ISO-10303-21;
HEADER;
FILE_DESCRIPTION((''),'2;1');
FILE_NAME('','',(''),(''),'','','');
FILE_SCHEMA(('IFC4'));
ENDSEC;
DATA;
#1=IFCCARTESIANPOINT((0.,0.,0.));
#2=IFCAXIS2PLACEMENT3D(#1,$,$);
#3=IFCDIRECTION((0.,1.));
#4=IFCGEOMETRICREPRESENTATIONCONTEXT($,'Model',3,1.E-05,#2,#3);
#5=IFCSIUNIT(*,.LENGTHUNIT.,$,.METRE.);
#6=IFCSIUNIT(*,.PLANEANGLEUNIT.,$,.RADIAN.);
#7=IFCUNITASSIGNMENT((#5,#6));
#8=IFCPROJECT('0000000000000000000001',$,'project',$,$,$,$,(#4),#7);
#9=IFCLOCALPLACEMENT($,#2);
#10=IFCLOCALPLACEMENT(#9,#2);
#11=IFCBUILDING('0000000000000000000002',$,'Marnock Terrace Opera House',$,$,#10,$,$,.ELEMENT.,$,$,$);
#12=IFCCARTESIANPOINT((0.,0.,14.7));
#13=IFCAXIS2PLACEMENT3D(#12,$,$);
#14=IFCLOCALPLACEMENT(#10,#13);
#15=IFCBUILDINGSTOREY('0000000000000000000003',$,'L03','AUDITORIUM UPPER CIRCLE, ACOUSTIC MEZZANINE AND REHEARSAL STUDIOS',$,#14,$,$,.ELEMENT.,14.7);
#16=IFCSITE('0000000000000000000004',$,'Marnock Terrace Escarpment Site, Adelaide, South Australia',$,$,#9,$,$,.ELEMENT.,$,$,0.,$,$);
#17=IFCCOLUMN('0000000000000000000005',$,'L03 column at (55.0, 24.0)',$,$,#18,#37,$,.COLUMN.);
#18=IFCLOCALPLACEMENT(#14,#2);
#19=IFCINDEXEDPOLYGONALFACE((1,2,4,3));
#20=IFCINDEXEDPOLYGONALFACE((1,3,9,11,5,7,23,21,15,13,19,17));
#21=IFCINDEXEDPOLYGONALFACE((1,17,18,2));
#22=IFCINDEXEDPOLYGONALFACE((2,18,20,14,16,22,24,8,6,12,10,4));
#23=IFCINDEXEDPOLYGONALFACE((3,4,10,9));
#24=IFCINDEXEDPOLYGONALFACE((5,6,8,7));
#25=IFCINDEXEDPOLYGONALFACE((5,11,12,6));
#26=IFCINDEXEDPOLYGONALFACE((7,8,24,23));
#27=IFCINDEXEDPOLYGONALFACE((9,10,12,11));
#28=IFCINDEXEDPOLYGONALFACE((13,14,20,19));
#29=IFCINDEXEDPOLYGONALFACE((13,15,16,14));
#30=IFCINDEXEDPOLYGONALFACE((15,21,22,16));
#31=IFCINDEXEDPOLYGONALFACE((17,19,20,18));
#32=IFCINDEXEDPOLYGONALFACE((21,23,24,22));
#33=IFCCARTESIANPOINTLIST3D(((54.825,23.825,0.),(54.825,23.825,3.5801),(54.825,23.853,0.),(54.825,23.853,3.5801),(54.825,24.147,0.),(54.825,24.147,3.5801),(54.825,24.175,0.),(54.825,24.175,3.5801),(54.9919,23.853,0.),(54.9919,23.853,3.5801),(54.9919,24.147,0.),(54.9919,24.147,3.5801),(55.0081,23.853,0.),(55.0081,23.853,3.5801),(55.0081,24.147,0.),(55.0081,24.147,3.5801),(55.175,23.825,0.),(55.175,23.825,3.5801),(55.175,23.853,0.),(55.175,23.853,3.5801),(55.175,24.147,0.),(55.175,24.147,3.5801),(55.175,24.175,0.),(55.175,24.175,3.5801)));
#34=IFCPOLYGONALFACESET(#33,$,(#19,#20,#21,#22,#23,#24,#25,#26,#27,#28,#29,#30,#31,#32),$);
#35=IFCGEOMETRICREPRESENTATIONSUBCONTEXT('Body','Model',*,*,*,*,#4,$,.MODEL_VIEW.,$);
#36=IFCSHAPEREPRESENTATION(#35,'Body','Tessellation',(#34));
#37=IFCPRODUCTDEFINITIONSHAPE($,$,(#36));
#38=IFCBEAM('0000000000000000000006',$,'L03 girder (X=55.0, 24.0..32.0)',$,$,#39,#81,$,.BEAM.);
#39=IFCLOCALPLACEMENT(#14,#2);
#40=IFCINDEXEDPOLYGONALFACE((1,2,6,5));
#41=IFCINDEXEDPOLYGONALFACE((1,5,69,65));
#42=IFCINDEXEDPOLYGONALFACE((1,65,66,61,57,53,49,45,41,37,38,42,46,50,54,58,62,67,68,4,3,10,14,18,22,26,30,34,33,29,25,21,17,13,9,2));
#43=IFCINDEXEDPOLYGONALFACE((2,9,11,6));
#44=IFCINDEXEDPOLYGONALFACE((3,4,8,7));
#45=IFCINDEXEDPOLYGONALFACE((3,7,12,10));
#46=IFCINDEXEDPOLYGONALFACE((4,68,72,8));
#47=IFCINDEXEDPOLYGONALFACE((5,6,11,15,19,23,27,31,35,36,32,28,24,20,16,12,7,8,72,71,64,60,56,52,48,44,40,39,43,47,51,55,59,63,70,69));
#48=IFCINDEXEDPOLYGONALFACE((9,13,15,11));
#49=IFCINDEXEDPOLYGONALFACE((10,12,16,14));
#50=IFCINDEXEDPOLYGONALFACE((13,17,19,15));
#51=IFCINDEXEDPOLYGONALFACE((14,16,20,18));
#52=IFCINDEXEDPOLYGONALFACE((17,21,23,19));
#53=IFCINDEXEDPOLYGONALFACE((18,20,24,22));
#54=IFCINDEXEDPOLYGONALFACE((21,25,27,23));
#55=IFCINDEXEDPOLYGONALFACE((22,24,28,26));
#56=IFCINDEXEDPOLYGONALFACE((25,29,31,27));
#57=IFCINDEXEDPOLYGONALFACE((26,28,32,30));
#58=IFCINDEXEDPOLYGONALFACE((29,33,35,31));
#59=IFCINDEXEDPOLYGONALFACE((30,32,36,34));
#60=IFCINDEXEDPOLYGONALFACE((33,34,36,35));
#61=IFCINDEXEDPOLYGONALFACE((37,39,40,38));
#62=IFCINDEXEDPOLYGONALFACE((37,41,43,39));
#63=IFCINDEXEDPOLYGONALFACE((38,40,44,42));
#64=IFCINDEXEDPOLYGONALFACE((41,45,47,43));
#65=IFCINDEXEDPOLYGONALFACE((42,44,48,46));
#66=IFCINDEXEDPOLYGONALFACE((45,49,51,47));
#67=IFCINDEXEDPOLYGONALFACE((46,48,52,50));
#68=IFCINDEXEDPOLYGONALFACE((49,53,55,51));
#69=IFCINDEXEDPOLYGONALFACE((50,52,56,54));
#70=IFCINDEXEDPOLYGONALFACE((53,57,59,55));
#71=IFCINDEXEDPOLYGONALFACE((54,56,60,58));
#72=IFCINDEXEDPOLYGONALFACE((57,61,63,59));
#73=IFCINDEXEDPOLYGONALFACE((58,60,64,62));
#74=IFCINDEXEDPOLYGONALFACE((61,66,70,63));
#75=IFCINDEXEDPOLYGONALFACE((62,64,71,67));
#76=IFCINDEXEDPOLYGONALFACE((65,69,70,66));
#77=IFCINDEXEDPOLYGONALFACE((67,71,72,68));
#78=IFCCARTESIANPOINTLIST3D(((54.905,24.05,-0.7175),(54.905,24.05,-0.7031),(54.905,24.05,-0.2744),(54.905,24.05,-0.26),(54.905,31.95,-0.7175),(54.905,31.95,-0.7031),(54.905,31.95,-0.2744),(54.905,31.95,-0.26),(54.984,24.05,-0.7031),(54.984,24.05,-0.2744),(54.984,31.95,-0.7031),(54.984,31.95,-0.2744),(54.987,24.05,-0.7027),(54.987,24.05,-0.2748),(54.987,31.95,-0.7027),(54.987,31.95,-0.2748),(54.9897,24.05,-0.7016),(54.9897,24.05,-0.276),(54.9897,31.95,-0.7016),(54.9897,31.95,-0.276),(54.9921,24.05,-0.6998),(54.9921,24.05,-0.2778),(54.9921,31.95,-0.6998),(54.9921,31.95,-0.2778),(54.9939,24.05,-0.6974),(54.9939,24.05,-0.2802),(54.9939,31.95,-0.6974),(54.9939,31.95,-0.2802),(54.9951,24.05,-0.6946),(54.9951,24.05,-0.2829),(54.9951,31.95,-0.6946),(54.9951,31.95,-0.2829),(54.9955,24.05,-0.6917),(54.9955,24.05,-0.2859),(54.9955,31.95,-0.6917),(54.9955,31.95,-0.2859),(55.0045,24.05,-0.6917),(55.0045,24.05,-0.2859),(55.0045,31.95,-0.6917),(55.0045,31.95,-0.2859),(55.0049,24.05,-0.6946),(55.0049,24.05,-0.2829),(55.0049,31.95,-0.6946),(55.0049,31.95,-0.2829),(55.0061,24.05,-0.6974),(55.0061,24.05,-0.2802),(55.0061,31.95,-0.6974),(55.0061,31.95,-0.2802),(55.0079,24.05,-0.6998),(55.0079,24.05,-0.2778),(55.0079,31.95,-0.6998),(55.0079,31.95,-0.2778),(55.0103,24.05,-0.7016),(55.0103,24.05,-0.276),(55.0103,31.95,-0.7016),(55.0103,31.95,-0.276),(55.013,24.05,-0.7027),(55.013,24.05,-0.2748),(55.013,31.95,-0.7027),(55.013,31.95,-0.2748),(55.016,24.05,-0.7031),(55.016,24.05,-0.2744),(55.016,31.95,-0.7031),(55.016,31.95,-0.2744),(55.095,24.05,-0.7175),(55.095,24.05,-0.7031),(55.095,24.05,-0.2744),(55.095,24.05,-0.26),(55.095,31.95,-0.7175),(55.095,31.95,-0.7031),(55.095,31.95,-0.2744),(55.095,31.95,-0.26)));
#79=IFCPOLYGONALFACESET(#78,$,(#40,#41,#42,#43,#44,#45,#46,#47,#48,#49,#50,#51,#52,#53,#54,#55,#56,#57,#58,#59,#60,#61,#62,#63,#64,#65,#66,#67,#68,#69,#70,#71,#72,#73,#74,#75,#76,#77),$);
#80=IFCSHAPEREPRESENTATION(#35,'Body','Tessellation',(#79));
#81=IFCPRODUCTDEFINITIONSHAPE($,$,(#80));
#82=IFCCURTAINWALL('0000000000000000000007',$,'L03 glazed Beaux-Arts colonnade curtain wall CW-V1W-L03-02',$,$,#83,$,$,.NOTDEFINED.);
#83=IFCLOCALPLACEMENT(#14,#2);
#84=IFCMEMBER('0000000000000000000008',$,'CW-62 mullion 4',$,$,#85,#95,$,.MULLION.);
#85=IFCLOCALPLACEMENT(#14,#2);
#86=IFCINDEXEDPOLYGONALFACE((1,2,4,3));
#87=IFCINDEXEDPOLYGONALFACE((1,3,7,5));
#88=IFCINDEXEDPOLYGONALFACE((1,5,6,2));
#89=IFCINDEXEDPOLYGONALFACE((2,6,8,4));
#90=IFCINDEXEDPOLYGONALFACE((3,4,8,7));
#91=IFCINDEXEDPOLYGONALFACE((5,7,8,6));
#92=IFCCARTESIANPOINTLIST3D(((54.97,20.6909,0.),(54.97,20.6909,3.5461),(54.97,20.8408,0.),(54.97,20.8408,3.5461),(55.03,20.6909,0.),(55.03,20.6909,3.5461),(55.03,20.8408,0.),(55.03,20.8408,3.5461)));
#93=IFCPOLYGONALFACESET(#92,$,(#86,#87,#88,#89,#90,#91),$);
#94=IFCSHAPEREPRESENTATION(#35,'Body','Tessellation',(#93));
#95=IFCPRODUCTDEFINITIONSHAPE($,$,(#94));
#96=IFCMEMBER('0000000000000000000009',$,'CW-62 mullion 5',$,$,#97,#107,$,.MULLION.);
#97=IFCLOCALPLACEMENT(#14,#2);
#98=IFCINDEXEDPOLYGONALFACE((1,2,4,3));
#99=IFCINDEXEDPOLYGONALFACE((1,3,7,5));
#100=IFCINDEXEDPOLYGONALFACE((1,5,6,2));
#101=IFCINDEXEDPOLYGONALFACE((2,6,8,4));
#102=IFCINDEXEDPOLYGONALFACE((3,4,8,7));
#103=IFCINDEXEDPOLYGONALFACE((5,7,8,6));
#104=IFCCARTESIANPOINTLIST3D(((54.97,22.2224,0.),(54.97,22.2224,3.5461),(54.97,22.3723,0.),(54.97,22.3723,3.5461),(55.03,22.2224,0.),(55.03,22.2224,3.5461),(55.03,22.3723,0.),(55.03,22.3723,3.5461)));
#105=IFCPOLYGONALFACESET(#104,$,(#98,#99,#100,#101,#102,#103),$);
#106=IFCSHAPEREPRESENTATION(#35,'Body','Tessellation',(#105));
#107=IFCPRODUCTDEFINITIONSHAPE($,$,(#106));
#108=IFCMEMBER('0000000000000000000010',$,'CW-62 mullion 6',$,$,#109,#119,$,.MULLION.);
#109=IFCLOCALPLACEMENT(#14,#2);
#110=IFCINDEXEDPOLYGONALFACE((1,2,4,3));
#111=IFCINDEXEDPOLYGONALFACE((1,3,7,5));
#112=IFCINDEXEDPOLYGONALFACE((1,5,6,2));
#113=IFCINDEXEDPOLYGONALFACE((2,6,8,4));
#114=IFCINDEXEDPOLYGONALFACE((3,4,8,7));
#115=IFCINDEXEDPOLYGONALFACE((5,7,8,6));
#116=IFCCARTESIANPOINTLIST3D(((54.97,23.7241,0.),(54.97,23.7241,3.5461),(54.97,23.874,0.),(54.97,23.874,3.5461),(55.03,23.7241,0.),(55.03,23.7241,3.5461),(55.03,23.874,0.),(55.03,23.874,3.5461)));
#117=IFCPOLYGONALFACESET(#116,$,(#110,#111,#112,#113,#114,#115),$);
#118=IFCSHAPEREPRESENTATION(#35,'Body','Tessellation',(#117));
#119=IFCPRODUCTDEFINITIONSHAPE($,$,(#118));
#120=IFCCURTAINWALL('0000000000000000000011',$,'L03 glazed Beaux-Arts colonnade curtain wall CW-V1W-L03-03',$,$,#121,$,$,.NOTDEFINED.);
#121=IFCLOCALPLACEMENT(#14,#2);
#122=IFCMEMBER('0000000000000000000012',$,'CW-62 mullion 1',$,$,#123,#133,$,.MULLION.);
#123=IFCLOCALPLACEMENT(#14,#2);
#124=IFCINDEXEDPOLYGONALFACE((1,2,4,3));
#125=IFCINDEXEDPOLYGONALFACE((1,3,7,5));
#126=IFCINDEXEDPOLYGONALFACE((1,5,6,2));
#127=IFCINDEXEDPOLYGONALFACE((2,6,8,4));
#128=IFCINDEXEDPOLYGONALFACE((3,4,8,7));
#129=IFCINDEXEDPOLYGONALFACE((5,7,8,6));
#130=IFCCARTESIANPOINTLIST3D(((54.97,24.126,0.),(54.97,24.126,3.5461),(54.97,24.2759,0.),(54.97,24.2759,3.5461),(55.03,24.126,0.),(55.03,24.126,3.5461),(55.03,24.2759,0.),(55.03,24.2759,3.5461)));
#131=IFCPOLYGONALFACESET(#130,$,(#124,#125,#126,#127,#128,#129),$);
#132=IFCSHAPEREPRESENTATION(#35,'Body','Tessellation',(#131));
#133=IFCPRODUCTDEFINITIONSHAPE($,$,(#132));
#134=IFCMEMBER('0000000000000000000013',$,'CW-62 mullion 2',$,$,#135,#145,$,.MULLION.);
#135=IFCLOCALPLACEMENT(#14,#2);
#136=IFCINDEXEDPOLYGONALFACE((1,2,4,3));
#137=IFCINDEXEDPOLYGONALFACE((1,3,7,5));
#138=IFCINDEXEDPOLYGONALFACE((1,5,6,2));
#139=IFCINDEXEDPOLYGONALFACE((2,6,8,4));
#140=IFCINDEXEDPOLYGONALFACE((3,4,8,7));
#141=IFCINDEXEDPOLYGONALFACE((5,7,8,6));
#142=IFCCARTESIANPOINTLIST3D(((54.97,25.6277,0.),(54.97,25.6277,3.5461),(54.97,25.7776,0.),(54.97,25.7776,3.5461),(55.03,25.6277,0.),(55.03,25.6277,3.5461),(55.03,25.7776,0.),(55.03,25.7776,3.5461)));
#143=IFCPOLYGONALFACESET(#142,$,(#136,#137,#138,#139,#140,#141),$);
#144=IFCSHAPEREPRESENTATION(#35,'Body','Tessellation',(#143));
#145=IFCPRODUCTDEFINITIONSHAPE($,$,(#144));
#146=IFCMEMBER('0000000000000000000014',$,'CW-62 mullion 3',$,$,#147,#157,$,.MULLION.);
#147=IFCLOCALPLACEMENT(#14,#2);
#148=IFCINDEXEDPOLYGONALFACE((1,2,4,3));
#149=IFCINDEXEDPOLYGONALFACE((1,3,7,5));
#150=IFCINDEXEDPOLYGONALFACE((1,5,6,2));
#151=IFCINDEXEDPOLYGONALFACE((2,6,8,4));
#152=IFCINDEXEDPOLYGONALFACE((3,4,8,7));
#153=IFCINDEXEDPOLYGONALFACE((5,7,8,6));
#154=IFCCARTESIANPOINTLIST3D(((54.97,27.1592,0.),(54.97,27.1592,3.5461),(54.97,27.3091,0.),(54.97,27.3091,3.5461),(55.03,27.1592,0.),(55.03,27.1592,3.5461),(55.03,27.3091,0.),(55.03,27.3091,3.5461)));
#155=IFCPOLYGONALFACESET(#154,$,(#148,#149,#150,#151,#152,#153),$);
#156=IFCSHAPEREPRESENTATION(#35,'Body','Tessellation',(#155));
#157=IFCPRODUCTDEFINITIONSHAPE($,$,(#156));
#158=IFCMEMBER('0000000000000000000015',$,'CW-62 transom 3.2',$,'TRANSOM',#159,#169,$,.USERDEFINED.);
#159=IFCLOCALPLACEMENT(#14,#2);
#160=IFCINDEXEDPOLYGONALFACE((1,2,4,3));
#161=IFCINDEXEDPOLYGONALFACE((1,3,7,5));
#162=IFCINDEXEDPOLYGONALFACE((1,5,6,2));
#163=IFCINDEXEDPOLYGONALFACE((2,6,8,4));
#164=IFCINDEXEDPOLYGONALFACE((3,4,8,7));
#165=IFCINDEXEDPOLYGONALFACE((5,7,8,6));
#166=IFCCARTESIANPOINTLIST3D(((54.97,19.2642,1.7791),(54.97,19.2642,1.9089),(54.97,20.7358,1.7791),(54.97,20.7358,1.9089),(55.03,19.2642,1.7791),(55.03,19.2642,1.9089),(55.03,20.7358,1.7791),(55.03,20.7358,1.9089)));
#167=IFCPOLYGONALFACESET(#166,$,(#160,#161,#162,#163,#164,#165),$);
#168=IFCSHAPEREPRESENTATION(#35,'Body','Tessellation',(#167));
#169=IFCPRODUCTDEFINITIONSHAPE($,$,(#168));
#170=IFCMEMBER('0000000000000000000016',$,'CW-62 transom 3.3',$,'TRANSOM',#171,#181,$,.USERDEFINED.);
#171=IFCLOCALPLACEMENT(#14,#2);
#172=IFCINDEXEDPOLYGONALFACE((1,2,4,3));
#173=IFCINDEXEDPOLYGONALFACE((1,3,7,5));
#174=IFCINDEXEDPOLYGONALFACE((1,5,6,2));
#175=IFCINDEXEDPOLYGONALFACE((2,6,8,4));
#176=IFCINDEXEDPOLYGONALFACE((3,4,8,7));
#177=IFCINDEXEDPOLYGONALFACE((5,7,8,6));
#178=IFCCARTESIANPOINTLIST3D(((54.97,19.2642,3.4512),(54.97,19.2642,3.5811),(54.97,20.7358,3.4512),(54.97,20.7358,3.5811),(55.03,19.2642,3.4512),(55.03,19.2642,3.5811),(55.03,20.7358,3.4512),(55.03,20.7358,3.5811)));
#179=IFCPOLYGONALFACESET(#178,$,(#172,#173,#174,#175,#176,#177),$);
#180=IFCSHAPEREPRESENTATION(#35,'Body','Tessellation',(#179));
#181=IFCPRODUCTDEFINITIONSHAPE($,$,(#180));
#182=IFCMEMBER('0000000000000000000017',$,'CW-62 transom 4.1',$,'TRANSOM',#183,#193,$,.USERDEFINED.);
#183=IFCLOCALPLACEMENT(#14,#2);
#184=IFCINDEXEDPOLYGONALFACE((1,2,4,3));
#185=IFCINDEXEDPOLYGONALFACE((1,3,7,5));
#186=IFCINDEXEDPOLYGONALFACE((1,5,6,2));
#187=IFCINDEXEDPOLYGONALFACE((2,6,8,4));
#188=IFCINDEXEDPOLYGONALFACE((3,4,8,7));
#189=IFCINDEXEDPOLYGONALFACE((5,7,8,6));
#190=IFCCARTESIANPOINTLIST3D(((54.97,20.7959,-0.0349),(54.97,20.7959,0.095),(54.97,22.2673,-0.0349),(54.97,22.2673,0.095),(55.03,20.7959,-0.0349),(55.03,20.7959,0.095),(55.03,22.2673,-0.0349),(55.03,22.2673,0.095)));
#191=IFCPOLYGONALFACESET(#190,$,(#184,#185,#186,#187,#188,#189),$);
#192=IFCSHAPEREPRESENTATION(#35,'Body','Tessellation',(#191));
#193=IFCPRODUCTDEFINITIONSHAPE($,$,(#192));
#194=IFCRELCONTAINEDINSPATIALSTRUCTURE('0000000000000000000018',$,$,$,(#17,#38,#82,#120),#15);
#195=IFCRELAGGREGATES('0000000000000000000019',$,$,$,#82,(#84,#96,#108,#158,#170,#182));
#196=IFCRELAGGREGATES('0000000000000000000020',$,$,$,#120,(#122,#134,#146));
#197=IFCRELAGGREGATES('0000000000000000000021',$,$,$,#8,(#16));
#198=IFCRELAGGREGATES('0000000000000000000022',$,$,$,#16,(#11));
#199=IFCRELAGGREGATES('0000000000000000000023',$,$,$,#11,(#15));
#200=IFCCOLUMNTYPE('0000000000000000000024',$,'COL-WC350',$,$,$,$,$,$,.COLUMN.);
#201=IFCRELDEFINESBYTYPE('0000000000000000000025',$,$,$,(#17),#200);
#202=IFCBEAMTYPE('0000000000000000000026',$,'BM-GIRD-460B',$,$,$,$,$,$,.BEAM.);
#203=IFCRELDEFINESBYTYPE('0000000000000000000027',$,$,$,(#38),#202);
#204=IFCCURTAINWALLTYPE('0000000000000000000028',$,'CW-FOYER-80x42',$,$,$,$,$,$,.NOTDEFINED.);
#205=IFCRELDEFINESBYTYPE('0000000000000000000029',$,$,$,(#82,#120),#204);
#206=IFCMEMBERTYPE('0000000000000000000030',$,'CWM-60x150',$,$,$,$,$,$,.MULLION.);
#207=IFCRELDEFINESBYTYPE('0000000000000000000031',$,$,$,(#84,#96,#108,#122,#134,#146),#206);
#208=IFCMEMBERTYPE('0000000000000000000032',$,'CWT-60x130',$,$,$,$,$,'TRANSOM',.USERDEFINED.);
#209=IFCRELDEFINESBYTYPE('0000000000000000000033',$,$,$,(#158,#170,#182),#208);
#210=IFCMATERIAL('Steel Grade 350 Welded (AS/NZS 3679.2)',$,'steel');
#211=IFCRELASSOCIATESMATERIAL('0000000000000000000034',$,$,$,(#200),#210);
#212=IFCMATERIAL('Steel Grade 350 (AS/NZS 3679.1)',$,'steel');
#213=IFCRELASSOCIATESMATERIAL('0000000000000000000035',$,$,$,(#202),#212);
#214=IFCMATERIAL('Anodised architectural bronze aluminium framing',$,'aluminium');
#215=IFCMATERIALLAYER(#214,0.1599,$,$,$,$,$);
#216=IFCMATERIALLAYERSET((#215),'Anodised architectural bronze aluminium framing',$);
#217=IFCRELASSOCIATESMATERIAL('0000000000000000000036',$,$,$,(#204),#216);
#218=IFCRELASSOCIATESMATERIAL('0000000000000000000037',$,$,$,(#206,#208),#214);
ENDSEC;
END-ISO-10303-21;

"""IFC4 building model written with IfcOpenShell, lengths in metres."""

from ifc_helpers import new_model, si_unit, direction, frame, origin, origin_2d, place, context, subcontext, project, spatial, rectangle, i_section, extrude, material, layer, layer_set, material_profile, profile_set, type_object, element, aggregate, save


model = new_model("IFC4")

# Units and contexts
model_context = context("Model", 3, precision=1e-05, world=origin(), true_north=direction((0.0, 1.0)))
body_context = subcontext(model_context, "Body", "Model", "MODEL_VIEW")
ifc_project = project(units=[si_unit("LENGTHUNIT", "METRE"), si_unit("PLANEANGLEUNIT", "RADIAN")], contexts=[model_context])

# Site, building, storey
site_placement = place(None, origin())
site = spatial("IfcSite", under=ifc_project, at=site_placement, Name="Marnock Terrace Escarpment Site, Adelaide, South Australia", CompositionType="ELEMENT", RefElevation=0.0)
building_placement = place(site_placement, origin())
building = spatial("IfcBuilding", under=site, at=building_placement, Name="Marnock Terrace Opera House", CompositionType="ELEMENT")
storey_placement = place(building_placement, frame((0.0, 0.0, 14.7)))
storey = spatial("IfcBuildingStorey", under=building, at=storey_placement, Name="L03", Description="AUDITORIUM UPPER CIRCLE, ACOUSTIC MEZZANINE AND REHEARSAL STUDIOS", CompositionType="ELEMENT", Elevation=14.7)

# Column
ifc_material_1 = material(Name="Steel Grade 350 Welded (AS/NZS 3679.2)", Category="steel")
ifc_material_profile_1 = material_profile(ifc_material_1, i_section(OverallWidth=0.3501, OverallDepth=0.3501, WebThickness=0.0161, FlangeThickness=0.0281, at=origin_2d()))
ifc_profile_set_1 = profile_set([ifc_material_profile_1], Name="Steel Grade 350 Welded (AS/NZS 3679.2)")
column_type = type_object("IfcColumnType", Name="COL-WC350", PredefinedType="COLUMN", material=ifc_profile_set_1)
column_placement = place(storey_placement, frame((55.0, 24.0, 0.0), z_axis=(0.0, 0.0, 1.0), x_axis=(1.0, 0.0, 0.0)))
element("IfcColumn", 1, at=column_placement, inside=storey, type_object=column_type, Name="L03 column at (55.0, 24.0)", PredefinedType="COLUMN", context=body_context, shape_type="SweptSolid", body=[
    extrude(i_section(OverallWidth=0.3501, OverallDepth=0.3501, WebThickness=0.0161, FlangeThickness=0.0281, at=origin_2d()), origin(), (0.0, 0.0, 1.0), 3.5801),
])

# Beam
ifc_material_2 = material(Name="Steel Grade 350 (AS/NZS 3679.1)", Category="steel")
ifc_material_profile_2 = material_profile(ifc_material_2, i_section(OverallWidth=0.1899, OverallDepth=0.4575, WebThickness=0.009, FlangeThickness=0.0144, FilletRadius=0.0115, at=origin_2d()))
ifc_profile_set_2 = profile_set([ifc_material_profile_2], Name="Steel Grade 350 (AS/NZS 3679.1)")
beam_type = type_object("IfcBeamType", Name="BM-GIRD-460B", PredefinedType="BEAM", material=ifc_profile_set_2)
beam_placement = place(storey_placement, frame((55.0, 24.05, -0.4888), z_axis=(0.0, 1.0, 0.0), x_axis=(-1.0, 0.0, 0.0)))
element("IfcBeam", 2, at=beam_placement, inside=storey, type_object=beam_type, Name="L03 girder (X=55.0, 24.0..32.0)", PredefinedType="BEAM", context=body_context, shape_type="SweptSolid", body=[
    extrude(i_section(OverallWidth=0.1899, OverallDepth=0.4575, WebThickness=0.009, FlangeThickness=0.0144, FilletRadius=0.0115, at=origin_2d()), origin(), (0.0, 0.0, 1.0), 7.8999),
])

# Curtain walls, members
ifc_material_3 = material(Name="Anodised architectural bronze aluminium framing", Category="aluminium")
ifc_layer_1 = layer(ifc_material_3, 0.1599)
ifc_layer_set_1 = layer_set([ifc_layer_1], Name="Anodised architectural bronze aluminium framing")
curtain_wall_type_1 = type_object("IfcCurtainWallType", Name="CW-FOYER-80x42", PredefinedType="NOTDEFINED", material=ifc_layer_set_1)
curtain_wall_1_placement = place(storey_placement, origin())
curtain_wall_1 = element("IfcCurtainWall", 3, at=curtain_wall_1_placement, inside=storey, type_object=curtain_wall_type_1, Name="L03 glazed Beaux-Arts colonnade curtain wall CW-V1W-L03-02", PredefinedType="NOTDEFINED")
ifc_material_profile_3 = material_profile(ifc_material_3, rectangle(XDim=0.0601, YDim=0.1499, at=origin_2d()))
ifc_profile_set_3 = profile_set([ifc_material_profile_3], Name="Anodised architectural bronze aluminium framing")
member_type_1 = type_object("IfcMemberType", Name="CWM-60x150", PredefinedType="MULLION", material=ifc_profile_set_3)
member_1_placement = place(storey_placement, frame((55.0, 20.7659, 0.0), z_axis=(0.0, 0.0, 1.0), x_axis=(-1.0, 0.0, 0.0)))
member_1 = element("IfcMember", 4, at=member_1_placement, type_object=member_type_1, Name="CW-62 mullion 4", PredefinedType="MULLION", context=body_context, shape_type="SweptSolid", body=[
    extrude(rectangle(XDim=0.0601, YDim=0.1499, at=origin_2d()), origin(), (0.0, 0.0, 1.0), 3.5461),
])
member_2_placement = place(storey_placement, frame((55.0, 22.2974, 0.0), z_axis=(0.0, 0.0, 1.0), x_axis=(-1.0, 0.0, 0.0)))
member_2 = element("IfcMember", 5, at=member_2_placement, type_object=member_type_1, Name="CW-62 mullion 5", PredefinedType="MULLION", context=body_context, shape_type="SweptSolid", body=[
    extrude(rectangle(XDim=0.0601, YDim=0.1499, at=origin_2d()), origin(), (0.0, 0.0, 1.0), 3.5461),
])
member_3_placement = place(storey_placement, frame((55.0, 23.7991, 0.0), z_axis=(0.0, 0.0, 1.0), x_axis=(-1.0, 0.0, 0.0)))
member_3 = element("IfcMember", 6, at=member_3_placement, type_object=member_type_1, Name="CW-62 mullion 6", PredefinedType="MULLION", context=body_context, shape_type="SweptSolid", body=[
    extrude(rectangle(XDim=0.0601, YDim=0.1499, at=origin_2d()), origin(), (0.0, 0.0, 1.0), 3.5461),
])
curtain_wall_2_placement = place(storey_placement, origin())
curtain_wall_2 = element("IfcCurtainWall", 7, at=curtain_wall_2_placement, inside=storey, type_object=curtain_wall_type_1, Name="L03 glazed Beaux-Arts colonnade curtain wall CW-V1W-L03-03", PredefinedType="NOTDEFINED")
member_4_placement = place(storey_placement, frame((55.0, 24.2009, 0.0), z_axis=(0.0, 0.0, 1.0), x_axis=(-1.0, 0.0, 0.0)))
member_4 = element("IfcMember", 8, at=member_4_placement, type_object=member_type_1, Name="CW-62 mullion 1", PredefinedType="MULLION", context=body_context, shape_type="SweptSolid", body=[
    extrude(rectangle(XDim=0.0601, YDim=0.1499, at=origin_2d()), origin(), (0.0, 0.0, 1.0), 3.5461),
])
member_5_placement = place(storey_placement, frame((55.0, 25.7026, 0.0), z_axis=(0.0, 0.0, 1.0), x_axis=(-1.0, 0.0, 0.0)))
member_5 = element("IfcMember", 9, at=member_5_placement, type_object=member_type_1, Name="CW-62 mullion 2", PredefinedType="MULLION", context=body_context, shape_type="SweptSolid", body=[
    extrude(rectangle(XDim=0.0601, YDim=0.1499, at=origin_2d()), origin(), (0.0, 0.0, 1.0), 3.5461),
])
member_6_placement = place(storey_placement, frame((55.0, 27.2341, 0.0), z_axis=(0.0, 0.0, 1.0), x_axis=(-1.0, 0.0, 0.0)))
member_6 = element("IfcMember", 10, at=member_6_placement, type_object=member_type_1, Name="CW-62 mullion 3", PredefinedType="MULLION", context=body_context, shape_type="SweptSolid", body=[
    extrude(rectangle(XDim=0.0601, YDim=0.1499, at=origin_2d()), origin(), (0.0, 0.0, 1.0), 3.5461),
])

# Members
ifc_material_profile_4 = material_profile(ifc_material_3, rectangle(XDim=0.0601, YDim=0.1299, at=origin_2d()))
ifc_profile_set_4 = profile_set([ifc_material_profile_4], Name="Anodised architectural bronze aluminium framing")
member_type_2 = type_object("IfcMemberType", Name="CWT-60x130", ElementType="TRANSOM", PredefinedType="USERDEFINED", material=ifc_profile_set_4)
member_7_placement = place(storey_placement, frame((55.0, 19.2642, 1.844), z_axis=(0.0, 1.0, 0.0), x_axis=(-1.0, 0.0, 0.0)))
member_7 = element("IfcMember", 11, at=member_7_placement, type_object=member_type_2, Name="CW-62 transom 3.2", ObjectType="TRANSOM", PredefinedType="USERDEFINED", context=body_context, shape_type="SweptSolid", body=[
    extrude(rectangle(XDim=0.0601, YDim=0.1299, at=origin_2d()), origin(), (0.0, 0.0, 1.0), 1.4717),
])
member_8_placement = place(storey_placement, frame((55.0, 19.2642, 3.5161), z_axis=(0.0, 1.0, 0.0), x_axis=(-1.0, 0.0, 0.0)))
member_8 = element("IfcMember", 12, at=member_8_placement, type_object=member_type_2, Name="CW-62 transom 3.3", ObjectType="TRANSOM", PredefinedType="USERDEFINED", context=body_context, shape_type="SweptSolid", body=[
    extrude(rectangle(XDim=0.0601, YDim=0.1299, at=origin_2d()), origin(), (0.0, 0.0, 1.0), 1.4717),
])
member_9_placement = place(storey_placement, frame((55.0, 20.7959, 0.03), z_axis=(0.0, 1.0, 0.0), x_axis=(-1.0, 0.0, 0.0)))
member_9 = element("IfcMember", 13, at=member_9_placement, type_object=member_type_2, Name="CW-62 transom 4.1", ObjectType="TRANSOM", PredefinedType="USERDEFINED", context=body_context, shape_type="SweptSolid", body=[
    extrude(rectangle(XDim=0.0601, YDim=0.1299, at=origin_2d()), origin(), (0.0, 0.0, 1.0), 1.4714),
])

aggregate(curtain_wall_1, [member_1, member_2, member_3, member_7, member_8, member_9])
aggregate(curtain_wall_2, [member_4, member_5, member_6])

save(model, "model.ifc")
